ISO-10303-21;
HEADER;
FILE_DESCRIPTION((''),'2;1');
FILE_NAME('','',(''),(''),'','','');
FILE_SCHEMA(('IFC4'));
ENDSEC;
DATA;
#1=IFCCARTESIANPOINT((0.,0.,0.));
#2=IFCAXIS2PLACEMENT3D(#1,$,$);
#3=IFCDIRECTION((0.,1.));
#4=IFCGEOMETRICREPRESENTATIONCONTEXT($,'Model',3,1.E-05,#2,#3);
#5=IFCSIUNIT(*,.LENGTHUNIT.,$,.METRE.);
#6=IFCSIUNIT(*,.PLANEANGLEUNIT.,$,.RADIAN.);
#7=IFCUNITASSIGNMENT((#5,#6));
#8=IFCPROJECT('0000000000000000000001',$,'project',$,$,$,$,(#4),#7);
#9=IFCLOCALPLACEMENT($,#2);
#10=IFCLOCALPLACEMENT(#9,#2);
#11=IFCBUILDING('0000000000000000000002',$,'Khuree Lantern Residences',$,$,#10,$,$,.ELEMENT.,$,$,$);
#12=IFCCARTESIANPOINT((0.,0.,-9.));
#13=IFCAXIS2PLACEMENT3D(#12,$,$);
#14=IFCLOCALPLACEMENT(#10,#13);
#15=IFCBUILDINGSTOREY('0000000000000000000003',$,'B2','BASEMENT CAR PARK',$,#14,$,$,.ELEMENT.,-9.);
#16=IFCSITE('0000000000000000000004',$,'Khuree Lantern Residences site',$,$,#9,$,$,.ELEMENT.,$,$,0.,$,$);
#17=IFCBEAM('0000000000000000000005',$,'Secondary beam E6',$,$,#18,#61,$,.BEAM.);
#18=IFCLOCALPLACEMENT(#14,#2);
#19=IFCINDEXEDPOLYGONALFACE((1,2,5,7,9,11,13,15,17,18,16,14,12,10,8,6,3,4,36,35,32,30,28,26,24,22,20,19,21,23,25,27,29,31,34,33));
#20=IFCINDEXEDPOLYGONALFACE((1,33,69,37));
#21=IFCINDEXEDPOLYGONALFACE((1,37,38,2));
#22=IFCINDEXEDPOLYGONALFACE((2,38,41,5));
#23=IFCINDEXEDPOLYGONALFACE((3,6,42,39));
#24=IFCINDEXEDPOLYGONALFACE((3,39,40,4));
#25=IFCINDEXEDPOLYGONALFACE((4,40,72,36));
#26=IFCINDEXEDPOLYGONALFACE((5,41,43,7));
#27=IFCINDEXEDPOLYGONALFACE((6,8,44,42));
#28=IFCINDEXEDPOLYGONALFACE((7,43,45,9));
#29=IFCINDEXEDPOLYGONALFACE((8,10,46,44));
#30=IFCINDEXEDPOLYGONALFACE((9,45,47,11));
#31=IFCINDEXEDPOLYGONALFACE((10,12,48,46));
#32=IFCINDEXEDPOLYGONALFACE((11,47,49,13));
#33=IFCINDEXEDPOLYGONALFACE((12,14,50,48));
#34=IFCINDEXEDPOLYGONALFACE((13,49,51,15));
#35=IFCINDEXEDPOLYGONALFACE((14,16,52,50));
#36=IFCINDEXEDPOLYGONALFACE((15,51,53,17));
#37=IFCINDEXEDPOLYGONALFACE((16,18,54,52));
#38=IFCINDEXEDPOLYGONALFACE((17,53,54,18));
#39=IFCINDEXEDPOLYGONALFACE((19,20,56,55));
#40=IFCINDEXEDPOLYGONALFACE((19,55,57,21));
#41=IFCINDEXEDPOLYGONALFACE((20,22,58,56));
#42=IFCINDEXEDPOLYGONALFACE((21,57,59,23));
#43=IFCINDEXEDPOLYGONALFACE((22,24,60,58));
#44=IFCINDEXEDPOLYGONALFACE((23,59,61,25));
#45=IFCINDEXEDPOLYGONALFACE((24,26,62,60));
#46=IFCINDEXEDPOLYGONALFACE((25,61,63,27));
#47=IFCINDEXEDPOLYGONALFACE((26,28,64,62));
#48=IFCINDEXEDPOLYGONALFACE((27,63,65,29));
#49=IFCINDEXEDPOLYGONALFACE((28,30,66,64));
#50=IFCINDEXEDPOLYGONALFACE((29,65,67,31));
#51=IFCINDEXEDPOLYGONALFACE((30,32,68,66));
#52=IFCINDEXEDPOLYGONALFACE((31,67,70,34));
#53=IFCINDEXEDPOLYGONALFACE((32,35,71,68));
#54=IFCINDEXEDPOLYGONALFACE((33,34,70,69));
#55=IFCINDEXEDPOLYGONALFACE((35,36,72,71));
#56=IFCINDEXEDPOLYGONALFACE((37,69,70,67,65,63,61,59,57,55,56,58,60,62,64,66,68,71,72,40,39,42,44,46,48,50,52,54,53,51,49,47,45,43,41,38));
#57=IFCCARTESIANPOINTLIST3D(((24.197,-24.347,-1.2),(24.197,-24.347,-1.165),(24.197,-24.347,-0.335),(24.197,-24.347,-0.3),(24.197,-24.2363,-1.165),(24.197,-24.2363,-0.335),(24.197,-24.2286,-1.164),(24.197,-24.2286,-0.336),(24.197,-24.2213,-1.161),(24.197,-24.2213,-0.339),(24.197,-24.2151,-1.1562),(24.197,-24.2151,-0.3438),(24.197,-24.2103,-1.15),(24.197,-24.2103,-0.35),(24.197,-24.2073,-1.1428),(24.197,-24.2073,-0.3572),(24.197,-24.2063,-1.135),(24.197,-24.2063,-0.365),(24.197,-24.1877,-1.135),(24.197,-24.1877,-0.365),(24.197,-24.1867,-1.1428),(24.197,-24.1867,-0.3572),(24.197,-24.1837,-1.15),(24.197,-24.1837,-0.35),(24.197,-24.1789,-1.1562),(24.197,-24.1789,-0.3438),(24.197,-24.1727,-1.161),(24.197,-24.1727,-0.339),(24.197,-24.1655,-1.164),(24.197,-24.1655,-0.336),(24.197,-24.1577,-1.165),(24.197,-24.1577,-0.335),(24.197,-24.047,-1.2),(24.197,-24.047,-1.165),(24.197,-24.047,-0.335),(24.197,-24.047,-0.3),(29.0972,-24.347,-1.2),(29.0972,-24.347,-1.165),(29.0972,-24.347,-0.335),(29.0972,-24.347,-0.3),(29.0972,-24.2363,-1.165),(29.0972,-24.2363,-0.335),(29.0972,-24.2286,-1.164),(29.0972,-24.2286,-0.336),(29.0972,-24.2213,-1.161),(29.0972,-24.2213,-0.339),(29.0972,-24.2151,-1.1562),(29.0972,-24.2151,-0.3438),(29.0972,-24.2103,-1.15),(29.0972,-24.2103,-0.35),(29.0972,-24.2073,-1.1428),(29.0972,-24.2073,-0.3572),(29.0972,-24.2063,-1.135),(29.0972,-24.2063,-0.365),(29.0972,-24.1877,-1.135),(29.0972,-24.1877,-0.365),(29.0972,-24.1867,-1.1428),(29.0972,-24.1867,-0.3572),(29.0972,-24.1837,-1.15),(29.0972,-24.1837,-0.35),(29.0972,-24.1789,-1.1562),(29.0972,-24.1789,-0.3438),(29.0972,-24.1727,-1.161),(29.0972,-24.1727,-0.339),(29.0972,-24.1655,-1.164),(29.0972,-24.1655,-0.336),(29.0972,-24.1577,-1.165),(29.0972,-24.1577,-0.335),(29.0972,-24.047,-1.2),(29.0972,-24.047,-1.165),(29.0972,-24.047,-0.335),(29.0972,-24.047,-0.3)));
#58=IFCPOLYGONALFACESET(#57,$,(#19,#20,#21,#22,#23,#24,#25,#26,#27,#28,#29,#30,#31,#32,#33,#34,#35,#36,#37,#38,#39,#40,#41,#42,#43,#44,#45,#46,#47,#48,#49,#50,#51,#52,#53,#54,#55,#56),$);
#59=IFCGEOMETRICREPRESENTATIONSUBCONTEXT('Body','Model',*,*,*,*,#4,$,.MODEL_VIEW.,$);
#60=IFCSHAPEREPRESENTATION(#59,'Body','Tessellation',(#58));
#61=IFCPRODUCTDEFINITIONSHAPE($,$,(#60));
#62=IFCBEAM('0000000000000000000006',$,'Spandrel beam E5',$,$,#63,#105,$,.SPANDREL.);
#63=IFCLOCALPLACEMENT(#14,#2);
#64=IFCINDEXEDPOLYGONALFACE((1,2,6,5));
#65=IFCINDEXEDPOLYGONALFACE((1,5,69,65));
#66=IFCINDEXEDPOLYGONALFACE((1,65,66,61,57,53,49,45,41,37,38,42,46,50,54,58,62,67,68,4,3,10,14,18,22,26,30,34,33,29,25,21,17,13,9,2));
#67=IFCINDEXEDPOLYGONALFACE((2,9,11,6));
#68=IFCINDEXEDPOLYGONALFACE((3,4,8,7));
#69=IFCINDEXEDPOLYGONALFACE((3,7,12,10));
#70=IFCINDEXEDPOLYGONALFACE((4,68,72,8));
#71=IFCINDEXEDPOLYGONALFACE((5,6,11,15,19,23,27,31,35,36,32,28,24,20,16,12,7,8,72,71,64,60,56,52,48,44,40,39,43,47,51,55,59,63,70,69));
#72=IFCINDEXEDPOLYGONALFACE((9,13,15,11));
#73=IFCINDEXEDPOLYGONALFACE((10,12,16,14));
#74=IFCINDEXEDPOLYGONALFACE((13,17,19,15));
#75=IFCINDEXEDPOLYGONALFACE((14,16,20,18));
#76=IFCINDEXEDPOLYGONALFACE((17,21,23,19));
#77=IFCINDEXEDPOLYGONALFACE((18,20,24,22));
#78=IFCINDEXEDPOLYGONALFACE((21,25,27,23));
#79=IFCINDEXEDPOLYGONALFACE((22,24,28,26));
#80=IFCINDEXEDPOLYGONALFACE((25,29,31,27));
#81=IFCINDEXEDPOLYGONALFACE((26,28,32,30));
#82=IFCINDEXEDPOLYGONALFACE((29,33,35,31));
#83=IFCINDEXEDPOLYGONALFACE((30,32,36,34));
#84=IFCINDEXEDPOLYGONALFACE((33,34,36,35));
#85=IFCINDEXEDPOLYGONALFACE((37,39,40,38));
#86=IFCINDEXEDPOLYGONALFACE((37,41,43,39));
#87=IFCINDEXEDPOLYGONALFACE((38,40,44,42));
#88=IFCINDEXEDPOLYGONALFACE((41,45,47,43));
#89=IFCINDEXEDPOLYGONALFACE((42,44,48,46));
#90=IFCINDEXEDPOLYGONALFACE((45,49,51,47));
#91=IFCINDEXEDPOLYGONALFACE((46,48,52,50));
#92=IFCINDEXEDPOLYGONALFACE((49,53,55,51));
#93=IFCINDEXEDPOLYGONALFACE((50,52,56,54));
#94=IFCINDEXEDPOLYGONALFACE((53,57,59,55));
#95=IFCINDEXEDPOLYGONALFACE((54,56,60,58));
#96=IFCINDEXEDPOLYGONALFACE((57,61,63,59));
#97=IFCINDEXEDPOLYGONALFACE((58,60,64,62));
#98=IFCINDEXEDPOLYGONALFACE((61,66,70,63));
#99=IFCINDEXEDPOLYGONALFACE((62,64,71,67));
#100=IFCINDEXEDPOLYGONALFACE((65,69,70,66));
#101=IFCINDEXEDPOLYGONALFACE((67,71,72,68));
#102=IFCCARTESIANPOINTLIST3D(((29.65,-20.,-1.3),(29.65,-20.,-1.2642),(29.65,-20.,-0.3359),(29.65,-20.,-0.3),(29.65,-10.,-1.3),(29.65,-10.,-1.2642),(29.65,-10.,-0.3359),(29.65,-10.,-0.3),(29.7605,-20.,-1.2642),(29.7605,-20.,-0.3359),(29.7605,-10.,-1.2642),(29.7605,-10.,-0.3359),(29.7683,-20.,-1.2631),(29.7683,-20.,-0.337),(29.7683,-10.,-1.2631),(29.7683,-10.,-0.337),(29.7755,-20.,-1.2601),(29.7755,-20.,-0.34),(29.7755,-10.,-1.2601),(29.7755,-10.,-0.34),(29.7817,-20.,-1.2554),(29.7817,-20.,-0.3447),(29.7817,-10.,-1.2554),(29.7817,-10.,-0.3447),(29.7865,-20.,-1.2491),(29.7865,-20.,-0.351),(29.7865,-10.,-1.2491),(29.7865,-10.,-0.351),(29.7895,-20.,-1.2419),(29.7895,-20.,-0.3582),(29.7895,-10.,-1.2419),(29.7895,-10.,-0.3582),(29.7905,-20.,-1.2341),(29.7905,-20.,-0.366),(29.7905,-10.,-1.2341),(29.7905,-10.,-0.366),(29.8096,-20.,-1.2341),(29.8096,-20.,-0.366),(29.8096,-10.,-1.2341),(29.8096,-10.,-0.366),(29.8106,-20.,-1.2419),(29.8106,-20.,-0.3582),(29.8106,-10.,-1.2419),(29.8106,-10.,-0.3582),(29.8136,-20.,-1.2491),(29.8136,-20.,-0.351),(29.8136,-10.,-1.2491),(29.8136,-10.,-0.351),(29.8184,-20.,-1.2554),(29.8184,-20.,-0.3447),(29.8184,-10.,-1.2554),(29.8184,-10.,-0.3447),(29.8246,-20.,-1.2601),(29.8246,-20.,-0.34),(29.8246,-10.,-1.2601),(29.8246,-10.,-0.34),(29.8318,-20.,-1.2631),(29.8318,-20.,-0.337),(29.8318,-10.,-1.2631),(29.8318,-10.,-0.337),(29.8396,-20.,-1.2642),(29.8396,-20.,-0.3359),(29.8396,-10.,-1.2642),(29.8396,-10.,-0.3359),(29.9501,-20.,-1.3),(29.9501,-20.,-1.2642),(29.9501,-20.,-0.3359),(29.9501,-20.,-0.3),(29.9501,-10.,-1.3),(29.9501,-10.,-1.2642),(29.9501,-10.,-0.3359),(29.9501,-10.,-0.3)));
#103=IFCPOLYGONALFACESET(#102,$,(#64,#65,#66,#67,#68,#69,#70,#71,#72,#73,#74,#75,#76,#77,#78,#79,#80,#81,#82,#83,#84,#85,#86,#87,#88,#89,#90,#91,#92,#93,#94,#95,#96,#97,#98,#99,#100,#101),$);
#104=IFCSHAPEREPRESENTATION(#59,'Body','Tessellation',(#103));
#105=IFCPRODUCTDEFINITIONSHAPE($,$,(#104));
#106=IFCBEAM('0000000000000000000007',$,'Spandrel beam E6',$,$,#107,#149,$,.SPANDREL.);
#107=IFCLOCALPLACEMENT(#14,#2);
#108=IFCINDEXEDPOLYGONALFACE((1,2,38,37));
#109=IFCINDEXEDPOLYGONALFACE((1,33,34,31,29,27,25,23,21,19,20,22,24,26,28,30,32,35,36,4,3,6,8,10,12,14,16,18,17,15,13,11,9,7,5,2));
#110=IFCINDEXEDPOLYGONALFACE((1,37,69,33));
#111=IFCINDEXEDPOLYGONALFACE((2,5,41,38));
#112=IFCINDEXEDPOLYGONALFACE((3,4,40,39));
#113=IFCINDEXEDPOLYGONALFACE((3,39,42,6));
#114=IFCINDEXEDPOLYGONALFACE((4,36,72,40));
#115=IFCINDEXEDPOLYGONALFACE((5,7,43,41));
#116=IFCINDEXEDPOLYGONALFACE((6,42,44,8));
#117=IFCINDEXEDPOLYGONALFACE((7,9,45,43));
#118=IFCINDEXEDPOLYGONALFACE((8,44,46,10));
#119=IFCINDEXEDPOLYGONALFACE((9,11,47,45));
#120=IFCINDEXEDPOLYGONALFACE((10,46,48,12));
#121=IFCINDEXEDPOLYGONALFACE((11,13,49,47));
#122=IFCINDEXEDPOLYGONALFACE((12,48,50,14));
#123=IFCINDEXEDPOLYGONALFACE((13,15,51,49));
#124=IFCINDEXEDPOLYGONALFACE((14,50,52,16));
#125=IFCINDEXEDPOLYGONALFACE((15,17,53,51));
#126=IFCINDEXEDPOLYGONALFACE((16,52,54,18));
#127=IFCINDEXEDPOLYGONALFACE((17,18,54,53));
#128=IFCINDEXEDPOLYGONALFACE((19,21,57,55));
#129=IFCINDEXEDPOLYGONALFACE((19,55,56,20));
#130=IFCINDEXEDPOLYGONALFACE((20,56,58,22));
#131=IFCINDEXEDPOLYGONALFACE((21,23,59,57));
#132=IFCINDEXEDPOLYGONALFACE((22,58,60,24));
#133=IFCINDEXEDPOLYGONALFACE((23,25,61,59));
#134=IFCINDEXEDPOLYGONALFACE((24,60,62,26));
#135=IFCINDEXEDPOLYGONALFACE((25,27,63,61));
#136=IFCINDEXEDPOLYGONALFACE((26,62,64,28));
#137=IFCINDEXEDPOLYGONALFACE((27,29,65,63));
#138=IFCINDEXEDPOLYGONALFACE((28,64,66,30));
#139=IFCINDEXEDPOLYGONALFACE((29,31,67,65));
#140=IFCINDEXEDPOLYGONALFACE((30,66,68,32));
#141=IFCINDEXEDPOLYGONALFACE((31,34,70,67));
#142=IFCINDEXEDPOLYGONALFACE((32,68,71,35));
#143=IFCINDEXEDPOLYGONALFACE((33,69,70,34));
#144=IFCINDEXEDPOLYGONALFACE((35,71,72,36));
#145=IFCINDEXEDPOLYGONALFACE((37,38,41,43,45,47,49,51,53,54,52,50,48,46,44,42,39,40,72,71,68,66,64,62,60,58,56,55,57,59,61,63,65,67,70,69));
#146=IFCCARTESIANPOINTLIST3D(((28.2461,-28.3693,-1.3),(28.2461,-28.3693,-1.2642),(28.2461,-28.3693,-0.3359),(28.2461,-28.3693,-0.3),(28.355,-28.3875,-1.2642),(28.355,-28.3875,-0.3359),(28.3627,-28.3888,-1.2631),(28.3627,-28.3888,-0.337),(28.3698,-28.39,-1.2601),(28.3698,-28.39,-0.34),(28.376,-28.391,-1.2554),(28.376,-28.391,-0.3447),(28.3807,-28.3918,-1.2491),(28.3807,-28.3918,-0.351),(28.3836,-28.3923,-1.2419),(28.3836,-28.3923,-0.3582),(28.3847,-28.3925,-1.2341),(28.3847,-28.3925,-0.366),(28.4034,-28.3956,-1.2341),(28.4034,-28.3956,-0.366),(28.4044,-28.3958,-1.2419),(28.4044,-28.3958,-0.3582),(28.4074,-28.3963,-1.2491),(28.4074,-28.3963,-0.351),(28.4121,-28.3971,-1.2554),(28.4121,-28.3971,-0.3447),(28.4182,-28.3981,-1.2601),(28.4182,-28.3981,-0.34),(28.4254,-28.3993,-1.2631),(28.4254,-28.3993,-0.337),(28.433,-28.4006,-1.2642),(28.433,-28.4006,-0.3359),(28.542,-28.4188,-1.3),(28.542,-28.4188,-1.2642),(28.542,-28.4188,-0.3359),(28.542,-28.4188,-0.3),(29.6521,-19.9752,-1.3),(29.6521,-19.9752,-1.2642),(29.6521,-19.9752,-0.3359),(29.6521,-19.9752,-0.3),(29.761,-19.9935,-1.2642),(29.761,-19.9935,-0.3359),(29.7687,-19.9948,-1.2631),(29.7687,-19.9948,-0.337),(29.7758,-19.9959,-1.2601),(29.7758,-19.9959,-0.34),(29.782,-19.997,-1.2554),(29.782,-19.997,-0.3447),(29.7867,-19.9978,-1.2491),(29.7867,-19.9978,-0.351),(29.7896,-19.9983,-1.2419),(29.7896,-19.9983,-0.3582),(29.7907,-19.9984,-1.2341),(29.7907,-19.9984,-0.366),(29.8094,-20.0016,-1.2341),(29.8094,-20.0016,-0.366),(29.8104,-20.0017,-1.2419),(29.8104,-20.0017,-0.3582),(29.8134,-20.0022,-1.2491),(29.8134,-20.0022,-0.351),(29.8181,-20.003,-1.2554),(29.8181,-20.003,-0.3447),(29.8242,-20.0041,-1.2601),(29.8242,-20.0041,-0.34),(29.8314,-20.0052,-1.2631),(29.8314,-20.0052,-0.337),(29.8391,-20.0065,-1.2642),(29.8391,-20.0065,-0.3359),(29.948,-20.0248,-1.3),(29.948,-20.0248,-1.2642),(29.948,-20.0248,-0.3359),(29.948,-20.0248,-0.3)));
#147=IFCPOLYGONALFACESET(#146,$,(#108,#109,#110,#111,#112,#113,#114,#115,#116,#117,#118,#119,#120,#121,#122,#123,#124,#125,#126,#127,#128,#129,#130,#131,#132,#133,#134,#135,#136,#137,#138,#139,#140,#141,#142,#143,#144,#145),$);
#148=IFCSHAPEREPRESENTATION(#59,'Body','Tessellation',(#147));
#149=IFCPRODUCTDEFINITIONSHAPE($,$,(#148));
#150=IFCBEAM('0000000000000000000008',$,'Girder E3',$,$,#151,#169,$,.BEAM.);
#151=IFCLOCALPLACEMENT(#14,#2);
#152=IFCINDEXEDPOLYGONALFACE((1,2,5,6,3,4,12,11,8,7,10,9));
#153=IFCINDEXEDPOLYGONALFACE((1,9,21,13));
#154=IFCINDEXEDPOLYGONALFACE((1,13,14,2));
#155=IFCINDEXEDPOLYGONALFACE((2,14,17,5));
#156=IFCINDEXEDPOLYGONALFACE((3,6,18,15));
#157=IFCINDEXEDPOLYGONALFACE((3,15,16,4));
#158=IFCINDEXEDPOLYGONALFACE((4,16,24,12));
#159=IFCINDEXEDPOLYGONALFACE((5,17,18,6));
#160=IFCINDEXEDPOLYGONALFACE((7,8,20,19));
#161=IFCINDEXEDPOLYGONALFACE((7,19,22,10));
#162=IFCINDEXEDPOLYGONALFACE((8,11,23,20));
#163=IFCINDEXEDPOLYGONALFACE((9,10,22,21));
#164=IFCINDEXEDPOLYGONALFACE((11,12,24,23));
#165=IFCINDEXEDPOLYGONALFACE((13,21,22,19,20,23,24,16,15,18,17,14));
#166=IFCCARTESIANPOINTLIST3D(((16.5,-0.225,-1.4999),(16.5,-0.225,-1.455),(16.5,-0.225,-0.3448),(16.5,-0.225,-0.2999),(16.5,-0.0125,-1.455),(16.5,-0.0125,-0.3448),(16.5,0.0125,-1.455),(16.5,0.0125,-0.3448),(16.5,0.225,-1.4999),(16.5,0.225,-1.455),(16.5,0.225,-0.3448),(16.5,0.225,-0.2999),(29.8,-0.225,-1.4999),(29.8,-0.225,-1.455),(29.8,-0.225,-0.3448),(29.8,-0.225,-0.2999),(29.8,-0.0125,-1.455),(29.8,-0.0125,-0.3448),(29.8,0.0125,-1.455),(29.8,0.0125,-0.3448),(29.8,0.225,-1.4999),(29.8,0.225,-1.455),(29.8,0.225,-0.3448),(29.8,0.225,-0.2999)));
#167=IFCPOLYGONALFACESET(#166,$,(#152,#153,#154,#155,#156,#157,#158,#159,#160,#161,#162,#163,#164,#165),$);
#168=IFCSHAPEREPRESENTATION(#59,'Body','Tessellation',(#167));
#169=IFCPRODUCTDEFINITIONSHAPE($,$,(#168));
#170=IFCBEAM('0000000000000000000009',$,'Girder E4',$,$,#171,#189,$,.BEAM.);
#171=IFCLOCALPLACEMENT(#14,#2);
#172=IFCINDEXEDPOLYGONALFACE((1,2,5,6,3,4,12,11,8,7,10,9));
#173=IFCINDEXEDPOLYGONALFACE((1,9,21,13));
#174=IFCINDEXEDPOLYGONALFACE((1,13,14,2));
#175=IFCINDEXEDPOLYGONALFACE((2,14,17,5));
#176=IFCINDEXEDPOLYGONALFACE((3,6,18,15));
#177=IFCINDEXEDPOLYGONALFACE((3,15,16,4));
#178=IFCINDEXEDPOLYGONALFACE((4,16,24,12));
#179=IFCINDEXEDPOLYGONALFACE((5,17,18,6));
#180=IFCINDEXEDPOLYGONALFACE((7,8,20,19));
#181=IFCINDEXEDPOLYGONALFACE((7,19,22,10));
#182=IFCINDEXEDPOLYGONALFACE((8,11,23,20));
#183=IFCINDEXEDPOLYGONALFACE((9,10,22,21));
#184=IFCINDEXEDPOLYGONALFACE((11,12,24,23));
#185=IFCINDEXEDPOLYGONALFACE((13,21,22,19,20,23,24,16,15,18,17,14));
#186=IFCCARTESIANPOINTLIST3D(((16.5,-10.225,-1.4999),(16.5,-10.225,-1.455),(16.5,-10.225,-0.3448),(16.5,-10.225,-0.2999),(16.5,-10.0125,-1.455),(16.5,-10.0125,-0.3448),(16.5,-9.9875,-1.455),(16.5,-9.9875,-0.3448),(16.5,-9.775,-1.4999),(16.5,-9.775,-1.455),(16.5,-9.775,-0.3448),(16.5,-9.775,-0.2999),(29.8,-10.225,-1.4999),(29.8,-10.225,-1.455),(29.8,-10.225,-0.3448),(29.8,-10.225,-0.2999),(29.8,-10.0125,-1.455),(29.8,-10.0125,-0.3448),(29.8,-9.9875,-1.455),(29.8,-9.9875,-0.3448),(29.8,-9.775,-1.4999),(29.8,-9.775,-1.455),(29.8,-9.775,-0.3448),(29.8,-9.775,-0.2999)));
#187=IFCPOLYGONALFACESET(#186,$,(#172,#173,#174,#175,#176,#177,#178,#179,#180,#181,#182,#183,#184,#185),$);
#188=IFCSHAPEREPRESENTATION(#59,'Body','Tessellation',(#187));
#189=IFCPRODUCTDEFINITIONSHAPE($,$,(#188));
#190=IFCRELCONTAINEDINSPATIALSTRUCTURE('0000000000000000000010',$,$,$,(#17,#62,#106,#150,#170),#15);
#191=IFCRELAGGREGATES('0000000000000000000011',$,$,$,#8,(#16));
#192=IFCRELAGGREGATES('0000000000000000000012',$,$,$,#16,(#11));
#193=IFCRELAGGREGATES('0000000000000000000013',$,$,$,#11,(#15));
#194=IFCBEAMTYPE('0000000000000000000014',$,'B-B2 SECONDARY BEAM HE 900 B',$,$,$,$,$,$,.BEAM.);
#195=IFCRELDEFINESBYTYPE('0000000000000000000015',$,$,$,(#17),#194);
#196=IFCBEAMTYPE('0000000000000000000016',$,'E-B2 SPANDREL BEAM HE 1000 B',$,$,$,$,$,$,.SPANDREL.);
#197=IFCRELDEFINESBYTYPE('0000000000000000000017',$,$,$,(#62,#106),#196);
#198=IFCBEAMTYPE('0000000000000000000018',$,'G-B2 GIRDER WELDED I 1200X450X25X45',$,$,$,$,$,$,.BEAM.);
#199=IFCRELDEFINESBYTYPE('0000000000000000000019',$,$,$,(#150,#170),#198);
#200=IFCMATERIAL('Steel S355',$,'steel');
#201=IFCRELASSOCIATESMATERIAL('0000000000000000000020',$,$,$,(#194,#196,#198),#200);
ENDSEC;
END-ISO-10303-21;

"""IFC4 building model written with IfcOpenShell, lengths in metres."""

from ifc_helpers import new_model, si_unit, direction, frame, origin, origin_2d, place, context, subcontext, project, spatial, i_section, extrude, material, material_profile, profile_set, type_object, element, save


model = new_model("IFC4")

# Units and contexts
model_context = context("Model", 3, precision=1e-05, world=origin(), true_north=direction((0.0, 1.0)))
body_context = subcontext(model_context, "Body", "Model", "MODEL_VIEW")
ifc_project = project(units=[si_unit("LENGTHUNIT", "METRE"), si_unit("PLANEANGLEUNIT", "RADIAN")], contexts=[model_context])

# Site, building, storey
site_placement = place(None, origin())
site = spatial("IfcSite", under=ifc_project, at=site_placement, Name="Khuree Lantern Residences site", CompositionType="ELEMENT", RefElevation=0.0)
building_placement = place(site_placement, origin())
building = spatial("IfcBuilding", under=site, at=building_placement, Name="Khuree Lantern Residences", CompositionType="ELEMENT")
storey_placement = place(building_placement, frame((0.0, 0.0, -9.0)))
storey = spatial("IfcBuildingStorey", under=building, at=storey_placement, Name="B2", Description="BASEMENT CAR PARK", CompositionType="ELEMENT", Elevation=-9.0)

# Beams
ifc_material_1 = material(Name="Steel S355", Category="steel")
ifc_material_profile_1 = material_profile(ifc_material_1, i_section(OverallWidth=0.3, OverallDepth=0.8999, WebThickness=0.0186, FlangeThickness=0.0349, FilletRadius=0.03, at=origin_2d()), Name="HE 900 B")
ifc_profile_set_1 = profile_set([ifc_material_profile_1], Name="Steel S355")
beam_type_1 = type_object("IfcBeamType", Name="B-B2 SECONDARY BEAM HE 900 B", PredefinedType="BEAM", material=ifc_profile_set_1)
beam_1_placement = place(storey_placement, frame((29.0972, -24.197, -0.75), z_axis=(-1.0, 0.0, 0.0), x_axis=(0.0, -1.0, 0.0)))
element("IfcBeam", 1, at=beam_1_placement, inside=storey, type_object=beam_type_1, Name="Secondary beam E6", PredefinedType="BEAM", context=body_context, shape_type="SweptSolid", body=[
    extrude(i_section(OverallWidth=0.3, OverallDepth=0.8999, WebThickness=0.0186, FlangeThickness=0.0349, FilletRadius=0.03, at=origin_2d()), origin(), (0.0, 0.0, 1.0), 4.9001),
])
ifc_material_profile_2 = material_profile(ifc_material_1, i_section(OverallWidth=0.3, OverallDepth=1.0, WebThickness=0.019, FlangeThickness=0.0359, FilletRadius=0.03, at=origin_2d()), Name="HE 1000 B")
ifc_profile_set_2 = profile_set([ifc_material_profile_2], Name="Steel S355")
beam_type_2 = type_object("IfcBeamType", Name="E-B2 SPANDREL BEAM HE 1000 B", PredefinedType="SPANDREL", material=ifc_profile_set_2)
beam_2_placement = place(storey_placement, frame((29.8, -10.0, -0.8), z_axis=(0.0, -1.0, 0.0), x_axis=(1.0, 0.0, 0.0)))
element("IfcBeam", 2, at=beam_2_placement, inside=storey, type_object=beam_type_2, Name="Spandrel beam E5", PredefinedType="SPANDREL", context=body_context, shape_type="SweptSolid", body=[
    extrude(i_section(OverallWidth=0.3, OverallDepth=1.0, WebThickness=0.019, FlangeThickness=0.0359, FilletRadius=0.03, at=origin_2d()), origin(), (0.0, 0.0, 1.0), 10.0),
])
beam_3_placement = place(storey_placement, frame((29.8, -20.0, -0.8), z_axis=(-0.165199, -0.98626, 0.0), x_axis=(0.98626, -0.165199, 0.0)))
element("IfcBeam", 3, at=beam_3_placement, inside=storey, type_object=beam_type_2, Name="Spandrel beam E6", PredefinedType="SPANDREL", context=body_context, shape_type="SweptSolid", body=[
    extrude(i_section(OverallWidth=0.3, OverallDepth=1.0, WebThickness=0.019, FlangeThickness=0.0359, FilletRadius=0.03, at=origin_2d()), origin(), (0.0, 0.0, 1.0), 8.511),
])
ifc_material_profile_3 = material_profile(ifc_material_1, i_section(OverallWidth=0.45, OverallDepth=1.2, WebThickness=0.0249, FlangeThickness=0.0449, at=origin_2d()), Name="WELDED I 1200X450X25X45")
ifc_profile_set_3 = profile_set([ifc_material_profile_3], Name="Steel S355")
beam_type_3 = type_object("IfcBeamType", Name="G-B2 GIRDER WELDED I 1200X450X25X45", PredefinedType="BEAM", material=ifc_profile_set_3)
for number, where, z_axis, x_axis, name in (
    (4, (29.8, 0.0, -0.8999), (-1.0, 0.0, 0.0), (0.0, -1.0, 0.0), "Girder E3"),
    (5, (29.8, -10.0, -0.8999), (-1.0, 0.0, 0.0), (0.0, -1.0, 0.0), "Girder E4"),
):
    element("IfcBeam", number, at=place(storey_placement, frame(where, z_axis=z_axis, x_axis=x_axis)), inside=storey, type_object=beam_type_3, Name=name, PredefinedType="BEAM", context=body_context, shape_type="SweptSolid", body=[
        extrude(i_section(OverallWidth=0.45, OverallDepth=1.2, WebThickness=0.0249, FlangeThickness=0.0449, at=origin_2d()), origin(), (0.0, 0.0, 1.0), 13.3),
    ])

save(model, "model.ifc")
